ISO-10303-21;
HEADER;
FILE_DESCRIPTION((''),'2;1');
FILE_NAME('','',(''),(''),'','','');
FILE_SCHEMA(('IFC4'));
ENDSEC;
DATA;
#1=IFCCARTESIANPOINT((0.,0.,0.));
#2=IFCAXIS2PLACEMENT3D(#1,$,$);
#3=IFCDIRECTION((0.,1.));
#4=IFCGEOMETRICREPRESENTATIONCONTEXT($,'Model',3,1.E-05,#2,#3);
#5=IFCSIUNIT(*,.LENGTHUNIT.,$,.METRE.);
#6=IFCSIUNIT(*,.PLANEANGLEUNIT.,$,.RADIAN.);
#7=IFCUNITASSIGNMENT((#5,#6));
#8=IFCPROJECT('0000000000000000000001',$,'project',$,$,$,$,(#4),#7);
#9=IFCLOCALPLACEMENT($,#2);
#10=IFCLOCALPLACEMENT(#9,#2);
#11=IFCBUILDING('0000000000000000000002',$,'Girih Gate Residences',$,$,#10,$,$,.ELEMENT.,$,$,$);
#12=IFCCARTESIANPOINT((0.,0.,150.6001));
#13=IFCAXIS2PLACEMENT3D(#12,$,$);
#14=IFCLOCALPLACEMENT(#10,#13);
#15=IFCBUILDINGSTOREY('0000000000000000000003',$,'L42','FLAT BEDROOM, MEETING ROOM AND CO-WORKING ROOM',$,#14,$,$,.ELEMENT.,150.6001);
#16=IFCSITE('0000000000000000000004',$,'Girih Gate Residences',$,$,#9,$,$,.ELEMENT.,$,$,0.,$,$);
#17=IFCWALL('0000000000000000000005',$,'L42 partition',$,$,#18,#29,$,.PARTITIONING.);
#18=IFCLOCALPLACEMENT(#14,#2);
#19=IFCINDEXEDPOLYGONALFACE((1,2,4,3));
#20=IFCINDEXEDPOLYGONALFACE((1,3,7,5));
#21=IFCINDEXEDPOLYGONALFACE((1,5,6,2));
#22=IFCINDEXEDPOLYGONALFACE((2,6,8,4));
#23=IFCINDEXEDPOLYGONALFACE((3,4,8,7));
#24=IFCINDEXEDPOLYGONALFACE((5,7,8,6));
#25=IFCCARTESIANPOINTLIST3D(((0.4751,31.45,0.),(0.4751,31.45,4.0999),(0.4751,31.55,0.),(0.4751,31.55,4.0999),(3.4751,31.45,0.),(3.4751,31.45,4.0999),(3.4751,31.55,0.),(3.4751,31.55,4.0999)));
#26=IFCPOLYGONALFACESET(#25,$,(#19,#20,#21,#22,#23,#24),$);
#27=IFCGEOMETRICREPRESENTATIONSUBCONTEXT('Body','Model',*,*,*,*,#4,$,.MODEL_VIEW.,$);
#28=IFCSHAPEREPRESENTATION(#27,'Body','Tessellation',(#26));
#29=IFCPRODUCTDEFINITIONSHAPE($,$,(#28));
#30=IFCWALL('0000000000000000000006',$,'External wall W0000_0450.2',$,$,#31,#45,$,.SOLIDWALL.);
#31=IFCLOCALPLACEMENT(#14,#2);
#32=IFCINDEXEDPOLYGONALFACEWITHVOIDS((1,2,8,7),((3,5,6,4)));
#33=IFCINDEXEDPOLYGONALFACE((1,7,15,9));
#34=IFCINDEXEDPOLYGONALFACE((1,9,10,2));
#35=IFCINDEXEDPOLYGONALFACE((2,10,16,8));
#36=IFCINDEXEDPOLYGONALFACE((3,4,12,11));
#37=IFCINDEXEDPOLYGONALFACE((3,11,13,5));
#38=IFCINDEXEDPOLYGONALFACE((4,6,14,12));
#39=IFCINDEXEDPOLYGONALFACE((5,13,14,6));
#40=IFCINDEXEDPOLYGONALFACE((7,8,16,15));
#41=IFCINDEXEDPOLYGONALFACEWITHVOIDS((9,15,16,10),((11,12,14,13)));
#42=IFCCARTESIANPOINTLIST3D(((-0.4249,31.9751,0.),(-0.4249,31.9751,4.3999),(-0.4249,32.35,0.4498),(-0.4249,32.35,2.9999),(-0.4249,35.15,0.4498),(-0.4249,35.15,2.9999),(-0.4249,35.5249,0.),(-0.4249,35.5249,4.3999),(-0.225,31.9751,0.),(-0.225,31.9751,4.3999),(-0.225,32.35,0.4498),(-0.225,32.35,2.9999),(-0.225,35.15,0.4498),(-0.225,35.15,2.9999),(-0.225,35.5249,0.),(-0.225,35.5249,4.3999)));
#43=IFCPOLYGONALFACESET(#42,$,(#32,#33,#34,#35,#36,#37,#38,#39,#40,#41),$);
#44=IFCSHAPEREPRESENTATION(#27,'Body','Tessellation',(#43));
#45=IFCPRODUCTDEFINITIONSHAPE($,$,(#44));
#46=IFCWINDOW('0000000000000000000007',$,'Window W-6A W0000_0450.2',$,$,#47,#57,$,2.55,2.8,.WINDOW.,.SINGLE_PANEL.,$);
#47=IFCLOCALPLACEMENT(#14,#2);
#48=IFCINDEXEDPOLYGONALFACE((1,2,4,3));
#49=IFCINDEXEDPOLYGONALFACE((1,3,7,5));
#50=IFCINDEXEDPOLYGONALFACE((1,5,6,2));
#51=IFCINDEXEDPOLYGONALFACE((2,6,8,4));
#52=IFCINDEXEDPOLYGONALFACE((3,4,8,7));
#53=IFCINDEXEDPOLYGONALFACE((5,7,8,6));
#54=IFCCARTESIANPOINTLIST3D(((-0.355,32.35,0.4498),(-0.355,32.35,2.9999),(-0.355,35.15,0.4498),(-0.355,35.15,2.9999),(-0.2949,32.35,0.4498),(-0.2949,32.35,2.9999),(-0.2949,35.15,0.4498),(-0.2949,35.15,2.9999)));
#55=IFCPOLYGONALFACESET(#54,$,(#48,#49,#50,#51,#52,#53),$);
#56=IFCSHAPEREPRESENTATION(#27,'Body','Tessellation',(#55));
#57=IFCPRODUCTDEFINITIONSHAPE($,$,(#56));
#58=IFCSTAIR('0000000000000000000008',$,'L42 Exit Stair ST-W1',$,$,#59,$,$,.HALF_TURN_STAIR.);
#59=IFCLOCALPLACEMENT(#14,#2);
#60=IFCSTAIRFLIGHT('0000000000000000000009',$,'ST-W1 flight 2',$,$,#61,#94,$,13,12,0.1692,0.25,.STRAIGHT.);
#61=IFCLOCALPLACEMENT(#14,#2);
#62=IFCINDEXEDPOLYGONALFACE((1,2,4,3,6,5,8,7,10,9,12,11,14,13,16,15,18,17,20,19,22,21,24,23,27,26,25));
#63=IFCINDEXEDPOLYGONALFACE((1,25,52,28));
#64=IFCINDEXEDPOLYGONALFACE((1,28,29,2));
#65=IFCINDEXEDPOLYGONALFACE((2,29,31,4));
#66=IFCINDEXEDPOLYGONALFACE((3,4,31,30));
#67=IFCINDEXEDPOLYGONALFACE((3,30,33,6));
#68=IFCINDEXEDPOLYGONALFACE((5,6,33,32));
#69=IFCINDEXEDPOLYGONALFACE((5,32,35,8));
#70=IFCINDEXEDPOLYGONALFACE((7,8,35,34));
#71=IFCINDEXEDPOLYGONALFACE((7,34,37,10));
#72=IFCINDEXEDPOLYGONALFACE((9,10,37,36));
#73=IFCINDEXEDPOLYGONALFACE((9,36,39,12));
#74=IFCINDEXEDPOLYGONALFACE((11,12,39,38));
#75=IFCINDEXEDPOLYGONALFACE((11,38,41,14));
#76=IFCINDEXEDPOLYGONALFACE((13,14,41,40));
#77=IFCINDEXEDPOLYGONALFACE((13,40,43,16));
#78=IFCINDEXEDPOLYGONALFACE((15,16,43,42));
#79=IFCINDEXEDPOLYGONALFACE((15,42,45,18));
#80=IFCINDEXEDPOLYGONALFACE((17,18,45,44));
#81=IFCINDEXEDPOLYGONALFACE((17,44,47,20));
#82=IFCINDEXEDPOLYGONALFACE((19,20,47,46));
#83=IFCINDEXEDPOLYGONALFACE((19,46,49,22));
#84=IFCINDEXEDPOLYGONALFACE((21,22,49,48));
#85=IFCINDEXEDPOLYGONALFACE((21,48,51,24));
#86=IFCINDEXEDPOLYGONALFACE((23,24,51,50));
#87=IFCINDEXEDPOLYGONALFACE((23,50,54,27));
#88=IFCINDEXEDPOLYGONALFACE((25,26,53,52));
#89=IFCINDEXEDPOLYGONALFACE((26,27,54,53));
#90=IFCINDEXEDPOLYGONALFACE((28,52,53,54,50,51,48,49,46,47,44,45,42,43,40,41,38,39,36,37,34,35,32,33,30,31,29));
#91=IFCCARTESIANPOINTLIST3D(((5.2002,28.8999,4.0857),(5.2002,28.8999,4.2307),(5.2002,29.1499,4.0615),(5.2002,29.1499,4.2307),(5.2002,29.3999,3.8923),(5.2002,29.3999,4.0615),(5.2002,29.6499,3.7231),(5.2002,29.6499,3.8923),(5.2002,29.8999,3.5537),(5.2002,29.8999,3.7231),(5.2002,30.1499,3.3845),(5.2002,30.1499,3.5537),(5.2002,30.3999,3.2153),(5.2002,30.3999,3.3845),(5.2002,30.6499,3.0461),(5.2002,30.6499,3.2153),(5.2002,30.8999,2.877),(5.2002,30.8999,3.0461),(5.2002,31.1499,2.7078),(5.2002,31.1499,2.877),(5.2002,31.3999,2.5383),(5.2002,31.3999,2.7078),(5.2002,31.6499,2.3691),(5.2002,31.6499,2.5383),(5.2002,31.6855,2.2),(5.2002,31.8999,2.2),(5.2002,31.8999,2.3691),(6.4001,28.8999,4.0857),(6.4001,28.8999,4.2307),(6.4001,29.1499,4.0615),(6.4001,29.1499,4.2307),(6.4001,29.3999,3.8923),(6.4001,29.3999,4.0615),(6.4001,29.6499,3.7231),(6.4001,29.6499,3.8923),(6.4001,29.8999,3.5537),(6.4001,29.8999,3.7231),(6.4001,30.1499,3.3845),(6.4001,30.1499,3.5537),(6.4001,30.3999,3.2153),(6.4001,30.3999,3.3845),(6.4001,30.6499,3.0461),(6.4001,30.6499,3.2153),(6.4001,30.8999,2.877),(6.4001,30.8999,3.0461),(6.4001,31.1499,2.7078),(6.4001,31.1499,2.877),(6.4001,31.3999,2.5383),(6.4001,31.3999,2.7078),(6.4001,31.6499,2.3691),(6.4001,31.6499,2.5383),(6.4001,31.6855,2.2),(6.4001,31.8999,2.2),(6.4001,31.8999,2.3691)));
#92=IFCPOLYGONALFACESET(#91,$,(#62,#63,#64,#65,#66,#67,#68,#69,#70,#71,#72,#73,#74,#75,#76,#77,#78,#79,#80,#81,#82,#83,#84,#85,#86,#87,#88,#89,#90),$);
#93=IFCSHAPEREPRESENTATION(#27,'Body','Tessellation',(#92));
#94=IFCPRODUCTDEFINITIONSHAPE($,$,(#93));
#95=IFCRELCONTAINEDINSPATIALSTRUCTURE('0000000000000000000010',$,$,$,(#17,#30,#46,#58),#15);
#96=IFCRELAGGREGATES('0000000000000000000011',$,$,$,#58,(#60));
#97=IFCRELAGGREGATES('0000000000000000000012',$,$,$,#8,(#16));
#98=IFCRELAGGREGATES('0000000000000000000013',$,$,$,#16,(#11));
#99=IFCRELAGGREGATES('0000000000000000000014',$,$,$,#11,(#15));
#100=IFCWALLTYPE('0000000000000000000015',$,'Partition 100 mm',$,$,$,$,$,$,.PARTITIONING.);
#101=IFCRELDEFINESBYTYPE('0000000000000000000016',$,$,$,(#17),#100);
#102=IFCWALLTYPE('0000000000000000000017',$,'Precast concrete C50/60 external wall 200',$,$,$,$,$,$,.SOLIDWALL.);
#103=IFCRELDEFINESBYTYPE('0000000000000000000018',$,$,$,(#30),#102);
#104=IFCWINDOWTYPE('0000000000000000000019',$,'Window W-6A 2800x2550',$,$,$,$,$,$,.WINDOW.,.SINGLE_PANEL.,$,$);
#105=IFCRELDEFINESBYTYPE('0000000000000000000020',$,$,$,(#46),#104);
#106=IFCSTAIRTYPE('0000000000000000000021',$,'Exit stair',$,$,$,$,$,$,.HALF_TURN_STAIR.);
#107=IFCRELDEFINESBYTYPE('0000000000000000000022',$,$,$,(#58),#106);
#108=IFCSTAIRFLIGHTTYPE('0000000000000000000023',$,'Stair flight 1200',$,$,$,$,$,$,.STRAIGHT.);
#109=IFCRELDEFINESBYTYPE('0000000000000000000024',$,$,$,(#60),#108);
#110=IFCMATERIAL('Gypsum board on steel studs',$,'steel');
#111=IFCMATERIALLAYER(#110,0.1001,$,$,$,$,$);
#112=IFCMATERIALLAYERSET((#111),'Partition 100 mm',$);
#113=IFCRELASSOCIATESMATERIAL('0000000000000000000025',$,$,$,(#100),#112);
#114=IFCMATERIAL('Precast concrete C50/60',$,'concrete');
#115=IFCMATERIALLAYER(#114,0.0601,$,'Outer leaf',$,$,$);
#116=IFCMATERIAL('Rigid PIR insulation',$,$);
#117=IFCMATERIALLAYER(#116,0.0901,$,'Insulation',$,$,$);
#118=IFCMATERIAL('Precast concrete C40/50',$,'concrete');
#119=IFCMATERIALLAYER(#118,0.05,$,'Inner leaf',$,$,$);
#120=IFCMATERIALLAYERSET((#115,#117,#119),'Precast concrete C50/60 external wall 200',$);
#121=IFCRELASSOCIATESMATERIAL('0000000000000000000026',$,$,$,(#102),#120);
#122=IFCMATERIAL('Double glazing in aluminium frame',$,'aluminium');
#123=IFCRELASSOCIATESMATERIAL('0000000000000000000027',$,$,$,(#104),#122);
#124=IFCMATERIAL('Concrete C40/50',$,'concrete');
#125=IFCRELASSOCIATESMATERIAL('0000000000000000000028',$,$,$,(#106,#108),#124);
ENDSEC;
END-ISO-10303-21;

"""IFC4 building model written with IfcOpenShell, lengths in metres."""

from ifc_helpers import new_model, si_unit, direction, frame, frame_2d, origin, place, context, subcontext, project, spatial, polyline, rectangle, outline, extrude, material, layer, layer_set, type_object, element, fill, aggregate, save


model = new_model("IFC4")

# Units and contexts
model_context = context("Model", 3, precision=1e-05, world=origin(), true_north=direction((0.0, 1.0)))
body_context = subcontext(model_context, "Body", "Model", "MODEL_VIEW")
ifc_project = project(units=[si_unit("LENGTHUNIT", "METRE"), si_unit("PLANEANGLEUNIT", "RADIAN")], contexts=[model_context])

# Site, building, storey
site_placement = place(None, origin())
site = spatial("IfcSite", under=ifc_project, at=site_placement, Name="Girih Gate Residences", CompositionType="ELEMENT", RefElevation=0.0)
building_placement = place(site_placement, origin())
building = spatial("IfcBuilding", under=site, at=building_placement, Name="Girih Gate Residences", CompositionType="ELEMENT")
storey_placement = place(building_placement, frame((0.0, 0.0, 150.6001)))
storey = spatial("IfcBuildingStorey", under=building, at=storey_placement, Name="L42", Description="FLAT BEDROOM, MEETING ROOM AND CO-WORKING ROOM", CompositionType="ELEMENT", Elevation=150.6001)

# Shared definitions
ifc_material_1 = material(Name="Gypsum board on steel studs", Category="steel")
ifc_material_2 = material(Name="Concrete C40/50", Category="concrete")

# Wall
ifc_layer_1 = layer(ifc_material_1, 0.1001)
ifc_layer_set_1 = layer_set([ifc_layer_1], Name="Partition 100 mm")
wall_type_1 = type_object("IfcWallType", Name="Partition 100 mm", PredefinedType="PARTITIONING", material=ifc_layer_set_1)
wall_1_placement = place(storey_placement, frame((0.4751, 31.5, 0.0), z_axis=(0.0, 0.0, 1.0), x_axis=(1.0, 0.0, 0.0)))
element("IfcWall", 1, at=wall_1_placement, inside=storey, type_object=wall_type_1, Name="L42 partition", PredefinedType="PARTITIONING", context=body_context, shape_type="SweptSolid", body=[
    extrude(rectangle(XDim=3.0, YDim=0.1001, at=frame_2d((1.5, 0.0))), origin(), (0.0, 0.0, 1.0), 4.0999),
])

# Wall, opening, window
ifc_material_3 = material(Name="Precast concrete C50/60", Category="concrete")
ifc_layer_2 = layer(ifc_material_3, 0.0601, Name="Outer leaf")
ifc_material_4 = material(Name="Rigid PIR insulation")
ifc_layer_3 = layer(ifc_material_4, 0.0901, Name="Insulation")
ifc_material_5 = material(Name="Precast concrete C40/50", Category="concrete")
ifc_layer_4 = layer(ifc_material_5, 0.05, Name="Inner leaf")
ifc_layer_set_2 = layer_set([ifc_layer_2, ifc_layer_3, ifc_layer_4], Name="Precast concrete C50/60 external wall 200")
wall_type_2 = type_object("IfcWallType", Name="Precast concrete C50/60 external wall 200", PredefinedType="SOLIDWALL", material=ifc_layer_set_2)
wall_2_placement = place(storey_placement, frame((-0.325, 31.9751, 0.0), z_axis=(0.0, 0.0, 1.0), x_axis=(0.0, 1.0, 0.0)))
wall_2 = element("IfcWall", 2, at=wall_2_placement, inside=storey, type_object=wall_type_2, Name="External wall W0000_0450.2", PredefinedType="SOLIDWALL", context=body_context, shape_type="SweptSolid", body=[
    extrude(rectangle(XDim=3.5498, YDim=0.2, at=frame_2d((1.7749, 0.0))), origin(), (0.0, 0.0, 1.0), 4.3999),
])
opening_1_placement = place(wall_2_placement, frame((0.375, 0.0, 0.45)))
opening_1 = element("IfcOpeningElement", 3, at=opening_1_placement, cuts=wall_2, PredefinedType="OPENING", context=body_context, shape_type="SweptSolid", body=[
    extrude(rectangle(XDim=2.8, YDim=2.55, at=frame_2d((1.3999, 1.2749))), frame((0.0, 0.1099, 0.0), z_axis=(0.0, -1.0, 0.0), x_axis=(1.0, 0.0, 0.0)), (0.0, 0.0, 1.0), 0.22),
])
ifc_material_6 = material(Name="Double glazing in aluminium frame", Category="aluminium")
window_type = type_object("IfcWindowType", Name="Window W-6A 2800x2550", PartitioningType="SINGLE_PANEL", PredefinedType="WINDOW", material=ifc_material_6)
window_placement = place(opening_1_placement, origin())
window = element("IfcWindow", 4, at=window_placement, inside=storey, type_object=window_type, Name="Window W-6A W0000_0450.2", OverallHeight=2.55, OverallWidth=2.8, PartitioningType="SINGLE_PANEL", PredefinedType="WINDOW", context=body_context, shape_type="SweptSolid", body=[
    extrude(rectangle(XDim=2.8, YDim=2.55, at=frame_2d((1.3999, 1.2749))), frame((0.0, 0.03, 0.0), z_axis=(0.0, -1.0, 0.0), x_axis=(1.0, 0.0, 0.0)), (0.0, 0.0, 1.0), 0.0601),
])
fill(opening_1, window)

# Stair, stair flight
stair_type = type_object("IfcStairType", Name="Exit stair", PredefinedType="HALF_TURN_STAIR", material=ifc_material_2)
stair_placement = place(storey_placement, origin())
stair = element("IfcStair", 5, at=stair_placement, inside=storey, type_object=stair_type, Name="L42 Exit Stair ST-W1", PredefinedType="HALF_TURN_STAIR")
stair_flight_type = type_object("IfcStairFlightType", Name="Stair flight 1200", PredefinedType="STRAIGHT", material=ifc_material_2)
stair_flight_placement = place(storey_placement, frame((5.8, 31.8999, 2.2), z_axis=(0.0, 0.0, 1.0), x_axis=(0.0, -1.0, 0.0)))
stair_flight = element("IfcStairFlight", 6, at=stair_flight_placement, type_object=stair_flight_type, Name="ST-W1 flight 2", NumberOfRisers=13, NumberOfTreads=12, PredefinedType="STRAIGHT", RiserHeight=0.1692, TreadLength=0.25, context=body_context, shape_type="SweptSolid", body=[
    extrude(outline(polyline([(0.0, 0.0), (0.0, 0.1692), (0.25, 0.1692), (0.25, 0.3384), (0.5, 0.3384), (0.5, 0.5078), (0.75, 0.5078), (0.75, 0.677), (1.0, 0.677), (1.0, 0.8462), (1.25, 0.8462), (1.25, 1.0154), (1.5, 1.0154), (1.5, 1.1846), (1.75, 1.1846), (1.75, 1.3538), (2.0, 1.3538), (2.0, 1.5232), (2.25, 1.5232), (2.25, 1.6924), (2.5, 1.6924), (2.5, 1.8616), (2.75, 1.8616), (2.75, 2.0308), (3.0, 2.0308), (3.0, 2.2), (3.0, 1.8857), (0.2144, 0.0), (0.0, 0.0)])), frame((0.0, 0.6001, 0.0), z_axis=(0.0, -1.0, 0.0), x_axis=(1.0, 0.0, 0.0)), (0.0, 0.0, 1.0), 1.2),
])
aggregate(stair, [stair_flight])

save(model, "model.ifc")
